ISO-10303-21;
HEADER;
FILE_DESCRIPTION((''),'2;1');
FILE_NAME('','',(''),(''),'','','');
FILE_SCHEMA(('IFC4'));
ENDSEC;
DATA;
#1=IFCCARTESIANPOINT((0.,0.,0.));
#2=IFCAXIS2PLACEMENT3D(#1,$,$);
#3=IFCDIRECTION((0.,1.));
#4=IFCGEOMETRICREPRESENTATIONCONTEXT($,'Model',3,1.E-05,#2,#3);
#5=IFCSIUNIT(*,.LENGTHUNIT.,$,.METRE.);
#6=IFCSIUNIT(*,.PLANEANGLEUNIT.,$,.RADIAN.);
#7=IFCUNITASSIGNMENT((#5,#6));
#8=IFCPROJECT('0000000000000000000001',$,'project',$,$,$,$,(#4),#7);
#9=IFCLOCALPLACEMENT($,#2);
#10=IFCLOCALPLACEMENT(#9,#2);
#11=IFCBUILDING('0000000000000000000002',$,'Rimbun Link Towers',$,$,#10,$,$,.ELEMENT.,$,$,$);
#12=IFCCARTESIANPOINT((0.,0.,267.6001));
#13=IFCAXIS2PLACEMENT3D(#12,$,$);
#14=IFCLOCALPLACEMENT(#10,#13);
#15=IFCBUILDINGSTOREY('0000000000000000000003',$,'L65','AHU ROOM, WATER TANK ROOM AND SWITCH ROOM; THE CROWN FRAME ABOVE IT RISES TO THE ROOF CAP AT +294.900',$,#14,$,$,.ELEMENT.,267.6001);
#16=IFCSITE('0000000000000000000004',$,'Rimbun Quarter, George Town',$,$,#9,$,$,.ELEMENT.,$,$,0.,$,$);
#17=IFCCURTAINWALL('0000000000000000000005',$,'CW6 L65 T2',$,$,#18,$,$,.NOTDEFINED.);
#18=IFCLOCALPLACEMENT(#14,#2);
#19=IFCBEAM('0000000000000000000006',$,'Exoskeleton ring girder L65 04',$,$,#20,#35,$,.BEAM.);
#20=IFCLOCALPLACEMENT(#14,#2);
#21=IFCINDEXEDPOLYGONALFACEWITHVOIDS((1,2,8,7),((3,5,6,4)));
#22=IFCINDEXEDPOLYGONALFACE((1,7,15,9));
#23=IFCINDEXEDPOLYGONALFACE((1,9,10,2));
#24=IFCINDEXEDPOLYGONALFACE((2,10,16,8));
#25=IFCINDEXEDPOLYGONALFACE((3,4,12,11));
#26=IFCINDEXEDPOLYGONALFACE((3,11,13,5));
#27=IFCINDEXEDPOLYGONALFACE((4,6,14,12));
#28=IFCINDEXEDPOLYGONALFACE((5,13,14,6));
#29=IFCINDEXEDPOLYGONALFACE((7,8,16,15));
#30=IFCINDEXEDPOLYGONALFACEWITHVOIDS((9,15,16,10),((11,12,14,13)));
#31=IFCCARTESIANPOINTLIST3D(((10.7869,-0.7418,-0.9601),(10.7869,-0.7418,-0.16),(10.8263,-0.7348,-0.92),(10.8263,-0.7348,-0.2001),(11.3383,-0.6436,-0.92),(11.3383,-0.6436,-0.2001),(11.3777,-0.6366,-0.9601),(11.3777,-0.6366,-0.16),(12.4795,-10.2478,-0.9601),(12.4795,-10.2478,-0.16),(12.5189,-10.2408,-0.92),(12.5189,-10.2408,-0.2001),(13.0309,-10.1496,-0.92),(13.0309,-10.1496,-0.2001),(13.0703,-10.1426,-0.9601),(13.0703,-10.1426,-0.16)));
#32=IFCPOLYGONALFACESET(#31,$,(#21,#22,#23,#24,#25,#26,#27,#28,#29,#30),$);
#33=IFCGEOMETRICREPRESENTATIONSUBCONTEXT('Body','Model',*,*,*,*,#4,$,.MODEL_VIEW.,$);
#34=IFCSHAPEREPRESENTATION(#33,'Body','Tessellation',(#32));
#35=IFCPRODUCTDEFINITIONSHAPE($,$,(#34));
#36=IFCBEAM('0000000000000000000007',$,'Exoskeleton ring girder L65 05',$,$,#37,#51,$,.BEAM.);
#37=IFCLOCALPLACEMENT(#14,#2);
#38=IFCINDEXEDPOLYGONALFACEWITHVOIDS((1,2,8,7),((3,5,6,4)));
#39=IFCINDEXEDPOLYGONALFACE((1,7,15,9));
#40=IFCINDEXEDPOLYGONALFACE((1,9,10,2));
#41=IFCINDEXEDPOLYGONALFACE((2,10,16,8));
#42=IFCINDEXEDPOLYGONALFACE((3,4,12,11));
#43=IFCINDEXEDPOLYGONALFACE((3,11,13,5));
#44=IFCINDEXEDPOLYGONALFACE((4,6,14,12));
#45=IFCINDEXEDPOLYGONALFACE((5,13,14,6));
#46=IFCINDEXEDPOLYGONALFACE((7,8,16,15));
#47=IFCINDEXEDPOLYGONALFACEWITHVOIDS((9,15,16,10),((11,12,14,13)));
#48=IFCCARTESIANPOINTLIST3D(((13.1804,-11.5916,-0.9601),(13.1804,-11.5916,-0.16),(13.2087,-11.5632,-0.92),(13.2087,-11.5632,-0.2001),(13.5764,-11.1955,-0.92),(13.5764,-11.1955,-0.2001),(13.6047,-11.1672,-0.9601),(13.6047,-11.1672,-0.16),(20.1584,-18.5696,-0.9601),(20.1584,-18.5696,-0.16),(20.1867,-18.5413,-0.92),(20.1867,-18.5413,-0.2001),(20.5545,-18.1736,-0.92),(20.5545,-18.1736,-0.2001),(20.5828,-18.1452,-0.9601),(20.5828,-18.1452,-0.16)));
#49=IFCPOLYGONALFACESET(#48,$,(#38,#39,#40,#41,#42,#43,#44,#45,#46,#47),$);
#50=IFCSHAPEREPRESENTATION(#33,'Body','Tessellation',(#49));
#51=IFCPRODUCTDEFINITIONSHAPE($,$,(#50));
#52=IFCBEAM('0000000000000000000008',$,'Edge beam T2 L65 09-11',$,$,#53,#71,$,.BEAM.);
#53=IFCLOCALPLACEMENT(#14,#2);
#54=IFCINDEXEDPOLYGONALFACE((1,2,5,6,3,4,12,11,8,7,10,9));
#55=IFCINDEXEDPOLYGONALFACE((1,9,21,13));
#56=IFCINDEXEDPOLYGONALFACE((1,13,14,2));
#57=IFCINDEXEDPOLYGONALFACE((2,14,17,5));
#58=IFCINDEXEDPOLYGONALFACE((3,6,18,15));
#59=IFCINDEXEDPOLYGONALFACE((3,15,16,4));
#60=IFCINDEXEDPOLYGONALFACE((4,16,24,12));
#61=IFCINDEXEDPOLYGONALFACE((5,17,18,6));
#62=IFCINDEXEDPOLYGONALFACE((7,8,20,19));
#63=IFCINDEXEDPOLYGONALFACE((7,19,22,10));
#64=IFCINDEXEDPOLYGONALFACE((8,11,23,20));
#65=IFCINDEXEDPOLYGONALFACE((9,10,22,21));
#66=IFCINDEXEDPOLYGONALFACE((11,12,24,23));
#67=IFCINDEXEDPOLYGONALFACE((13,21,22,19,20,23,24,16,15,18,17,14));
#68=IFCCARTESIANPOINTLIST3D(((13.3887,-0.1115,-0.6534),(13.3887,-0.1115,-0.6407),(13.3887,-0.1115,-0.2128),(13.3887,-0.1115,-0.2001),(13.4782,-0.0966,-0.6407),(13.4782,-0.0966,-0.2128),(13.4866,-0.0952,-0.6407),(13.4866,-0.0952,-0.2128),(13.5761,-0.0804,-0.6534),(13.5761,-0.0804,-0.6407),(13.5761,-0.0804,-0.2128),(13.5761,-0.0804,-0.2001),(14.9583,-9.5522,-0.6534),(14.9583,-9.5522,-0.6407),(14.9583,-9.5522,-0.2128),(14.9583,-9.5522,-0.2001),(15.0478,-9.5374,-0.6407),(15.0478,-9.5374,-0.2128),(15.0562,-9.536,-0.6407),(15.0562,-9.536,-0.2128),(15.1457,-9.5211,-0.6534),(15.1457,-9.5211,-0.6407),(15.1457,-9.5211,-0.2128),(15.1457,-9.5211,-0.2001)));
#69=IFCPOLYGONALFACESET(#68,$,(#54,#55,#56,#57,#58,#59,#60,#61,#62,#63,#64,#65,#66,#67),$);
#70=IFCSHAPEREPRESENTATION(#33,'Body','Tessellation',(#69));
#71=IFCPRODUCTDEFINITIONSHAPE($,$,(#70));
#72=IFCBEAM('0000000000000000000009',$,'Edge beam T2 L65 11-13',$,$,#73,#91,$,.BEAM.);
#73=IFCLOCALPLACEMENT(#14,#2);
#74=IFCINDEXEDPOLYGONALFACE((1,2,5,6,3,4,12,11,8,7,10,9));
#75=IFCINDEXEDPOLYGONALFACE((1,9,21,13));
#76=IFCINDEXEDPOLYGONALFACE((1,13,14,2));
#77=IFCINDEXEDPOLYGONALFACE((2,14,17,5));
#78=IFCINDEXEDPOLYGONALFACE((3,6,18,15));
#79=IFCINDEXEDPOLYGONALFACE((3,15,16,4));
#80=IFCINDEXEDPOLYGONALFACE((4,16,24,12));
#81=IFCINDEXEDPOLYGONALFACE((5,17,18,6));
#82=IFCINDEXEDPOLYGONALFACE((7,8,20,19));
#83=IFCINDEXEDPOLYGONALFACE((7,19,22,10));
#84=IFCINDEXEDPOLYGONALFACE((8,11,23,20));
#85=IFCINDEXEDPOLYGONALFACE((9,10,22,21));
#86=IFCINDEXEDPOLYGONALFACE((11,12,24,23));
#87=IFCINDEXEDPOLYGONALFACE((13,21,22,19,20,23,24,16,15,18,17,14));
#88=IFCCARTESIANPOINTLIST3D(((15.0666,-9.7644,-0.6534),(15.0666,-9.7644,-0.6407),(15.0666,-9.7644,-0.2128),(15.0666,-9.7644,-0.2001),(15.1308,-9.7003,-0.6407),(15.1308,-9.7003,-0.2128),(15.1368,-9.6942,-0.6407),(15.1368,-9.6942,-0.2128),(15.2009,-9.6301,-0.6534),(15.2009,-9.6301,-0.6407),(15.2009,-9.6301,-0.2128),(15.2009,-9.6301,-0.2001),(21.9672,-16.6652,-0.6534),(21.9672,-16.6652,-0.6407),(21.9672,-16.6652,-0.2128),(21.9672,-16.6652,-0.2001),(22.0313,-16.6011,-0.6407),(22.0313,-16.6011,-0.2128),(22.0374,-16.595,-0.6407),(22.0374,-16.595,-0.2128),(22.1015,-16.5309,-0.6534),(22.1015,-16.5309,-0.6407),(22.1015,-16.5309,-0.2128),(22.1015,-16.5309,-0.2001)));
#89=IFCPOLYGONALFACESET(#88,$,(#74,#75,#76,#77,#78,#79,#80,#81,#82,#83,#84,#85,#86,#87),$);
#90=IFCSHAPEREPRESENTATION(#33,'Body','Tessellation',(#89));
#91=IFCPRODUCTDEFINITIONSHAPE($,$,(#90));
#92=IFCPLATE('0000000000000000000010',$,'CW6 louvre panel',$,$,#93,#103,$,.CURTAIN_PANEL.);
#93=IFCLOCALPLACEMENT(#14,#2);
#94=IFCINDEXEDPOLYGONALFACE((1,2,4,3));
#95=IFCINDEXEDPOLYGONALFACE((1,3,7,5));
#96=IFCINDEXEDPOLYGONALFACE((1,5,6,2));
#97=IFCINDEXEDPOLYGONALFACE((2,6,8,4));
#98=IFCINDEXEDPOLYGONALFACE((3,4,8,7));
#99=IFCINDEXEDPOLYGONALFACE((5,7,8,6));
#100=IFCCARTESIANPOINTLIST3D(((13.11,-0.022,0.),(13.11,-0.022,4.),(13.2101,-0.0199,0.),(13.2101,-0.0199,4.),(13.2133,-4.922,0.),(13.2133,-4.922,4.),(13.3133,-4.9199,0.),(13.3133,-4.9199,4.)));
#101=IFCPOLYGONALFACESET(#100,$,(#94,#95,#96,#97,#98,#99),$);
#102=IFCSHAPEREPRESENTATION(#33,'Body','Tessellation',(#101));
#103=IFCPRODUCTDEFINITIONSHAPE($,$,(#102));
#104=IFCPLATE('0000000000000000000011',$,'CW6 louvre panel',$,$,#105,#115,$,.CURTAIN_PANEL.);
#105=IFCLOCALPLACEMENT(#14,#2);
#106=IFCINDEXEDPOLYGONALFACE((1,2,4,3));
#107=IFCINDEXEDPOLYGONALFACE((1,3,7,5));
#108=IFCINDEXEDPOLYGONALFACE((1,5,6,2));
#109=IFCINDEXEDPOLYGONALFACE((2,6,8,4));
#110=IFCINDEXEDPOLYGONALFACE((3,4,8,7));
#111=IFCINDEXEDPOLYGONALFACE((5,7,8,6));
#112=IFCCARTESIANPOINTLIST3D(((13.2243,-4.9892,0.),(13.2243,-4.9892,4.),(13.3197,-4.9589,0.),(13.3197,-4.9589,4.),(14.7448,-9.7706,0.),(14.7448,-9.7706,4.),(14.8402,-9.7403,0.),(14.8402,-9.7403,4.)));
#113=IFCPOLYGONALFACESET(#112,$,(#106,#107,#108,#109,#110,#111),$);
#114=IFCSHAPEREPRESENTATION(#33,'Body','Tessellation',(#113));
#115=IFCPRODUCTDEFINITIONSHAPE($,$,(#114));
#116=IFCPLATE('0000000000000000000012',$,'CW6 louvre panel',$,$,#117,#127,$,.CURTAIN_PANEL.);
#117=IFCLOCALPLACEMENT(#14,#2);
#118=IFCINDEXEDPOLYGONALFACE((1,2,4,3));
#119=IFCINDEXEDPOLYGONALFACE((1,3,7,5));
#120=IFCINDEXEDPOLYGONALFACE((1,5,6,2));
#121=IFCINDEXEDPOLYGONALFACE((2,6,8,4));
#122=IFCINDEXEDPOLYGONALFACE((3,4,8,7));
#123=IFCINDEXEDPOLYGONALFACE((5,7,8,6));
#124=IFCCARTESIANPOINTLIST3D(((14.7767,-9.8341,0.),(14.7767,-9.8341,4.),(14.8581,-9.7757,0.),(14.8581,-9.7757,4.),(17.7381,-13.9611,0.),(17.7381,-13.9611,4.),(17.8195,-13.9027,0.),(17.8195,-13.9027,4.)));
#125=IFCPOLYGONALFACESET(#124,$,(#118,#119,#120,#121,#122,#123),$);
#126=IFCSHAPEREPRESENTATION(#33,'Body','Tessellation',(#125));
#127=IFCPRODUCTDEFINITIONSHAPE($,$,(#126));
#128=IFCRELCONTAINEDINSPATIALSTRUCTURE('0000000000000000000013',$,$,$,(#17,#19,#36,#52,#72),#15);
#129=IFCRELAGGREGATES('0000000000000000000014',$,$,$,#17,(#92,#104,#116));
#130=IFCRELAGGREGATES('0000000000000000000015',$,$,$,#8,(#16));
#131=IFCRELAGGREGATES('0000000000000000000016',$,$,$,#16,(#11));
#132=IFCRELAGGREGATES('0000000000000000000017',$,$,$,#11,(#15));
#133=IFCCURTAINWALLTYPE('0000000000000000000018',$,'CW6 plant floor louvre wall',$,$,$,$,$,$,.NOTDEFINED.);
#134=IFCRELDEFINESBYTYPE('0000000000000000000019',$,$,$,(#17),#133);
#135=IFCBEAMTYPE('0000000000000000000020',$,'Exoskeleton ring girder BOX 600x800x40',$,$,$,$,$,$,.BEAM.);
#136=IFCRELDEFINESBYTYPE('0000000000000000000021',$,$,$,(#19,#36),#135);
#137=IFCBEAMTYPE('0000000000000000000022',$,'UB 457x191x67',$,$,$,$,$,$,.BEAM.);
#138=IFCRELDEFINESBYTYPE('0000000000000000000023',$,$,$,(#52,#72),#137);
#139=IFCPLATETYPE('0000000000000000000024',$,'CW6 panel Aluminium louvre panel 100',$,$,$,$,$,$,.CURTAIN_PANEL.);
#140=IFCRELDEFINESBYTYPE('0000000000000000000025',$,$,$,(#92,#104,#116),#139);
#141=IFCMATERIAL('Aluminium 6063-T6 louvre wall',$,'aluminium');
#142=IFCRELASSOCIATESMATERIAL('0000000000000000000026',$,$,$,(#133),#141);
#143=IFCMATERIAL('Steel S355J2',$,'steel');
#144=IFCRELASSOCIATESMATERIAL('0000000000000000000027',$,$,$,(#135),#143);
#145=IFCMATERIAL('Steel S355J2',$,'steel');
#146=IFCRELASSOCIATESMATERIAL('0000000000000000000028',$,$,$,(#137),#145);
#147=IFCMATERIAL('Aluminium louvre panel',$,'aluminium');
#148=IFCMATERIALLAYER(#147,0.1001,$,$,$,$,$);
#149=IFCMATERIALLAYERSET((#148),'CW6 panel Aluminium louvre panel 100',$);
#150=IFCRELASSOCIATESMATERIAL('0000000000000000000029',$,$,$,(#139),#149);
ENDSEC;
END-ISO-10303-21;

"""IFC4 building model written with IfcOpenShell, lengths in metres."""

from ifc_helpers import new_model, si_unit, direction, frame, origin, origin_2d, place, context, subcontext, project, spatial, rectangle, hollow_rectangle, i_section, extrude, material, layer, layer_set, material_profile, profile_set, type_object, element, aggregate, save


model = new_model("IFC4")

# Units and contexts
model_context = context("Model", 3, precision=1e-05, world=origin(), true_north=direction((0.0, 1.0)))
body_context = subcontext(model_context, "Body", "Model", "MODEL_VIEW")
ifc_project = project(units=[si_unit("LENGTHUNIT", "METRE"), si_unit("PLANEANGLEUNIT", "RADIAN")], contexts=[model_context])

# Site, building, storey
site_placement = place(None, origin())
site = spatial("IfcSite", under=ifc_project, at=site_placement, Name="Rimbun Quarter, George Town", CompositionType="ELEMENT", RefElevation=0.0)
building_placement = place(site_placement, origin())
building = spatial("IfcBuilding", under=site, at=building_placement, Name="Rimbun Link Towers", CompositionType="ELEMENT")
storey_placement = place(building_placement, frame((0.0, 0.0, 267.6001)))
storey = spatial("IfcBuildingStorey", under=building, at=storey_placement, Name="L65", Description="AHU ROOM, WATER TANK ROOM AND SWITCH ROOM; THE CROWN FRAME ABOVE IT RISES TO THE ROOF CAP AT +294.900", CompositionType="ELEMENT", Elevation=267.6001)

# Curtain wall
ifc_material_1 = material(Name="Aluminium 6063-T6 louvre wall", Category="aluminium")
curtain_wall_type = type_object("IfcCurtainWallType", Name="CW6 plant floor louvre wall", PredefinedType="NOTDEFINED", material=ifc_material_1)
curtain_wall_placement = place(storey_placement, origin())
curtain_wall = element("IfcCurtainWall", 1, at=curtain_wall_placement, inside=storey, type_object=curtain_wall_type, Name="CW6 L65 T2", PredefinedType="NOTDEFINED")

# Beams
ifc_material_2 = material(Name="Steel S355J2", Category="steel")
ifc_material_profile_1 = material_profile(ifc_material_2, hollow_rectangle(XDim=0.6001, YDim=0.8, WallThickness=0.04, at=origin_2d()), Name="Exoskeleton ring girder BOX 600x800x40")
ifc_profile_set_1 = profile_set([ifc_material_profile_1], Name="Steel S355J2")
beam_type_1 = type_object("IfcBeamType", Name="Exoskeleton ring girder BOX 600x800x40", PredefinedType="BEAM", material=ifc_profile_set_1)
beam_1_placement = place(storey_placement, frame((11.0823, -0.6892, -0.5601), z_axis=(0.1753, -0.984515, 0.0), x_axis=(0.984515, 0.1753, 0.0)))
element("IfcBeam", 2, at=beam_1_placement, inside=storey, type_object=beam_type_1, Name="Exoskeleton ring girder L65 04", PredefinedType="BEAM", context=body_context, shape_type="SweptSolid", body=[
    extrude(hollow_rectangle(XDim=0.6001, YDim=0.8, WallThickness=0.04, at=origin_2d()), origin(), (0.0, 0.0, 1.0), 9.6555),
])
beam_2_placement = place(storey_placement, frame((13.3926, -11.3794, -0.5601), z_axis=(0.707107, -0.707107, 0.0), x_axis=(0.707107, 0.707107, 0.0)))
element("IfcBeam", 3, at=beam_2_placement, inside=storey, type_object=beam_type_1, Name="Exoskeleton ring girder L65 05", PredefinedType="BEAM", context=body_context, shape_type="SweptSolid", body=[
    extrude(hollow_rectangle(XDim=0.6001, YDim=0.8, WallThickness=0.04, at=origin_2d()), origin(), (0.0, 0.0, 1.0), 9.8684),
])
ifc_material_3 = material(Name="Steel S355J2", Category="steel")
ifc_material_profile_2 = material_profile(ifc_material_3, i_section(OverallWidth=0.1899, OverallDepth=0.4534, WebThickness=0.0085, FlangeThickness=0.0127, at=origin_2d()), Name="UB 457x191x67")
ifc_profile_set_2 = profile_set([ifc_material_profile_2], Name="Steel S355J2")
beam_type_2 = type_object("IfcBeamType", Name="UB 457x191x67", PredefinedType="BEAM", material=ifc_profile_set_2)
beam_3_placement = place(storey_placement, frame((13.4824, -0.0959, -0.4268), z_axis=(0.164006, -0.986459, 0.0), x_axis=(0.986459, 0.164006, 0.0)))
element("IfcBeam", 4, at=beam_3_placement, inside=storey, type_object=beam_type_2, Name="Edge beam T2 L65 09-11", PredefinedType="BEAM", context=body_context, shape_type="SweptSolid", body=[
    extrude(i_section(OverallWidth=0.1899, OverallDepth=0.4534, WebThickness=0.0085, FlangeThickness=0.0127, at=origin_2d()), origin(), (0.0, 0.0, 1.0), 9.5703),
])
beam_4_placement = place(storey_placement, frame((15.1338, -9.6973, -0.4268), z_axis=(0.707094, -0.707119, 0.0), x_axis=(0.707119, 0.707094, 0.0)))
element("IfcBeam", 5, at=beam_4_placement, inside=storey, type_object=beam_type_2, Name="Edge beam T2 L65 11-13", PredefinedType="BEAM", context=body_context, shape_type="SweptSolid", body=[
    extrude(i_section(OverallWidth=0.1899, OverallDepth=0.4534, WebThickness=0.0085, FlangeThickness=0.0127, at=origin_2d()), origin(), (0.0, 0.0, 1.0), 9.759),
])

# Plates
ifc_material_4 = material(Name="Aluminium louvre panel", Category="aluminium")
ifc_layer_1 = layer(ifc_material_4, 0.1001)
ifc_layer_set_1 = layer_set([ifc_layer_1], Name="CW6 panel Aluminium louvre panel 100")
plate_type = type_object("IfcPlateType", Name="CW6 panel Aluminium louvre panel 100", PredefinedType="CURTAIN_PANEL", material=ifc_layer_set_1)
plate_1_placement = place(storey_placement, frame((13.2117, -2.4709, 0.0), z_axis=(0.0, 0.0, 1.0), x_axis=(-0.021068, 0.999778, 0.0)))
plate_1 = element("IfcPlate", 6, at=plate_1_placement, type_object=plate_type, Name="CW6 louvre panel", PredefinedType="CURTAIN_PANEL", context=body_context, shape_type="SweptSolid", body=[
    extrude(rectangle(XDim=4.9011, YDim=0.1001, at=origin_2d()), origin(), (0.0, 0.0, 1.0), 4.0),
])
plate_2_placement = place(storey_placement, frame((14.0322, -7.3647, 0.0), z_axis=(0.0, 0.0, 1.0), x_axis=(-0.303052, 0.952974, 0.0)))
plate_2 = element("IfcPlate", 7, at=plate_2_placement, type_object=plate_type, Name="CW6 louvre panel", PredefinedType="CURTAIN_PANEL", context=body_context, shape_type="SweptSolid", body=[
    extrude(rectangle(XDim=5.0173, YDim=0.1001, at=origin_2d()), origin(), (0.0, 0.0, 1.0), 4.0),
])
plate_3_placement = place(storey_placement, frame((16.2981, -11.8684, 0.0), z_axis=(0.0, 0.0, 1.0), x_axis=(-0.583003, 0.81247, 0.0)))
plate_3 = element("IfcPlate", 8, at=plate_3_placement, type_object=plate_type, Name="CW6 louvre panel", PredefinedType="CURTAIN_PANEL", context=body_context, shape_type="SweptSolid", body=[
    extrude(rectangle(XDim=5.0796, YDim=0.1001, at=origin_2d()), origin(), (0.0, 0.0, 1.0), 4.0),
])
aggregate(curtain_wall, [plate_1, plate_2, plate_3])

save(model, "model.ifc")
